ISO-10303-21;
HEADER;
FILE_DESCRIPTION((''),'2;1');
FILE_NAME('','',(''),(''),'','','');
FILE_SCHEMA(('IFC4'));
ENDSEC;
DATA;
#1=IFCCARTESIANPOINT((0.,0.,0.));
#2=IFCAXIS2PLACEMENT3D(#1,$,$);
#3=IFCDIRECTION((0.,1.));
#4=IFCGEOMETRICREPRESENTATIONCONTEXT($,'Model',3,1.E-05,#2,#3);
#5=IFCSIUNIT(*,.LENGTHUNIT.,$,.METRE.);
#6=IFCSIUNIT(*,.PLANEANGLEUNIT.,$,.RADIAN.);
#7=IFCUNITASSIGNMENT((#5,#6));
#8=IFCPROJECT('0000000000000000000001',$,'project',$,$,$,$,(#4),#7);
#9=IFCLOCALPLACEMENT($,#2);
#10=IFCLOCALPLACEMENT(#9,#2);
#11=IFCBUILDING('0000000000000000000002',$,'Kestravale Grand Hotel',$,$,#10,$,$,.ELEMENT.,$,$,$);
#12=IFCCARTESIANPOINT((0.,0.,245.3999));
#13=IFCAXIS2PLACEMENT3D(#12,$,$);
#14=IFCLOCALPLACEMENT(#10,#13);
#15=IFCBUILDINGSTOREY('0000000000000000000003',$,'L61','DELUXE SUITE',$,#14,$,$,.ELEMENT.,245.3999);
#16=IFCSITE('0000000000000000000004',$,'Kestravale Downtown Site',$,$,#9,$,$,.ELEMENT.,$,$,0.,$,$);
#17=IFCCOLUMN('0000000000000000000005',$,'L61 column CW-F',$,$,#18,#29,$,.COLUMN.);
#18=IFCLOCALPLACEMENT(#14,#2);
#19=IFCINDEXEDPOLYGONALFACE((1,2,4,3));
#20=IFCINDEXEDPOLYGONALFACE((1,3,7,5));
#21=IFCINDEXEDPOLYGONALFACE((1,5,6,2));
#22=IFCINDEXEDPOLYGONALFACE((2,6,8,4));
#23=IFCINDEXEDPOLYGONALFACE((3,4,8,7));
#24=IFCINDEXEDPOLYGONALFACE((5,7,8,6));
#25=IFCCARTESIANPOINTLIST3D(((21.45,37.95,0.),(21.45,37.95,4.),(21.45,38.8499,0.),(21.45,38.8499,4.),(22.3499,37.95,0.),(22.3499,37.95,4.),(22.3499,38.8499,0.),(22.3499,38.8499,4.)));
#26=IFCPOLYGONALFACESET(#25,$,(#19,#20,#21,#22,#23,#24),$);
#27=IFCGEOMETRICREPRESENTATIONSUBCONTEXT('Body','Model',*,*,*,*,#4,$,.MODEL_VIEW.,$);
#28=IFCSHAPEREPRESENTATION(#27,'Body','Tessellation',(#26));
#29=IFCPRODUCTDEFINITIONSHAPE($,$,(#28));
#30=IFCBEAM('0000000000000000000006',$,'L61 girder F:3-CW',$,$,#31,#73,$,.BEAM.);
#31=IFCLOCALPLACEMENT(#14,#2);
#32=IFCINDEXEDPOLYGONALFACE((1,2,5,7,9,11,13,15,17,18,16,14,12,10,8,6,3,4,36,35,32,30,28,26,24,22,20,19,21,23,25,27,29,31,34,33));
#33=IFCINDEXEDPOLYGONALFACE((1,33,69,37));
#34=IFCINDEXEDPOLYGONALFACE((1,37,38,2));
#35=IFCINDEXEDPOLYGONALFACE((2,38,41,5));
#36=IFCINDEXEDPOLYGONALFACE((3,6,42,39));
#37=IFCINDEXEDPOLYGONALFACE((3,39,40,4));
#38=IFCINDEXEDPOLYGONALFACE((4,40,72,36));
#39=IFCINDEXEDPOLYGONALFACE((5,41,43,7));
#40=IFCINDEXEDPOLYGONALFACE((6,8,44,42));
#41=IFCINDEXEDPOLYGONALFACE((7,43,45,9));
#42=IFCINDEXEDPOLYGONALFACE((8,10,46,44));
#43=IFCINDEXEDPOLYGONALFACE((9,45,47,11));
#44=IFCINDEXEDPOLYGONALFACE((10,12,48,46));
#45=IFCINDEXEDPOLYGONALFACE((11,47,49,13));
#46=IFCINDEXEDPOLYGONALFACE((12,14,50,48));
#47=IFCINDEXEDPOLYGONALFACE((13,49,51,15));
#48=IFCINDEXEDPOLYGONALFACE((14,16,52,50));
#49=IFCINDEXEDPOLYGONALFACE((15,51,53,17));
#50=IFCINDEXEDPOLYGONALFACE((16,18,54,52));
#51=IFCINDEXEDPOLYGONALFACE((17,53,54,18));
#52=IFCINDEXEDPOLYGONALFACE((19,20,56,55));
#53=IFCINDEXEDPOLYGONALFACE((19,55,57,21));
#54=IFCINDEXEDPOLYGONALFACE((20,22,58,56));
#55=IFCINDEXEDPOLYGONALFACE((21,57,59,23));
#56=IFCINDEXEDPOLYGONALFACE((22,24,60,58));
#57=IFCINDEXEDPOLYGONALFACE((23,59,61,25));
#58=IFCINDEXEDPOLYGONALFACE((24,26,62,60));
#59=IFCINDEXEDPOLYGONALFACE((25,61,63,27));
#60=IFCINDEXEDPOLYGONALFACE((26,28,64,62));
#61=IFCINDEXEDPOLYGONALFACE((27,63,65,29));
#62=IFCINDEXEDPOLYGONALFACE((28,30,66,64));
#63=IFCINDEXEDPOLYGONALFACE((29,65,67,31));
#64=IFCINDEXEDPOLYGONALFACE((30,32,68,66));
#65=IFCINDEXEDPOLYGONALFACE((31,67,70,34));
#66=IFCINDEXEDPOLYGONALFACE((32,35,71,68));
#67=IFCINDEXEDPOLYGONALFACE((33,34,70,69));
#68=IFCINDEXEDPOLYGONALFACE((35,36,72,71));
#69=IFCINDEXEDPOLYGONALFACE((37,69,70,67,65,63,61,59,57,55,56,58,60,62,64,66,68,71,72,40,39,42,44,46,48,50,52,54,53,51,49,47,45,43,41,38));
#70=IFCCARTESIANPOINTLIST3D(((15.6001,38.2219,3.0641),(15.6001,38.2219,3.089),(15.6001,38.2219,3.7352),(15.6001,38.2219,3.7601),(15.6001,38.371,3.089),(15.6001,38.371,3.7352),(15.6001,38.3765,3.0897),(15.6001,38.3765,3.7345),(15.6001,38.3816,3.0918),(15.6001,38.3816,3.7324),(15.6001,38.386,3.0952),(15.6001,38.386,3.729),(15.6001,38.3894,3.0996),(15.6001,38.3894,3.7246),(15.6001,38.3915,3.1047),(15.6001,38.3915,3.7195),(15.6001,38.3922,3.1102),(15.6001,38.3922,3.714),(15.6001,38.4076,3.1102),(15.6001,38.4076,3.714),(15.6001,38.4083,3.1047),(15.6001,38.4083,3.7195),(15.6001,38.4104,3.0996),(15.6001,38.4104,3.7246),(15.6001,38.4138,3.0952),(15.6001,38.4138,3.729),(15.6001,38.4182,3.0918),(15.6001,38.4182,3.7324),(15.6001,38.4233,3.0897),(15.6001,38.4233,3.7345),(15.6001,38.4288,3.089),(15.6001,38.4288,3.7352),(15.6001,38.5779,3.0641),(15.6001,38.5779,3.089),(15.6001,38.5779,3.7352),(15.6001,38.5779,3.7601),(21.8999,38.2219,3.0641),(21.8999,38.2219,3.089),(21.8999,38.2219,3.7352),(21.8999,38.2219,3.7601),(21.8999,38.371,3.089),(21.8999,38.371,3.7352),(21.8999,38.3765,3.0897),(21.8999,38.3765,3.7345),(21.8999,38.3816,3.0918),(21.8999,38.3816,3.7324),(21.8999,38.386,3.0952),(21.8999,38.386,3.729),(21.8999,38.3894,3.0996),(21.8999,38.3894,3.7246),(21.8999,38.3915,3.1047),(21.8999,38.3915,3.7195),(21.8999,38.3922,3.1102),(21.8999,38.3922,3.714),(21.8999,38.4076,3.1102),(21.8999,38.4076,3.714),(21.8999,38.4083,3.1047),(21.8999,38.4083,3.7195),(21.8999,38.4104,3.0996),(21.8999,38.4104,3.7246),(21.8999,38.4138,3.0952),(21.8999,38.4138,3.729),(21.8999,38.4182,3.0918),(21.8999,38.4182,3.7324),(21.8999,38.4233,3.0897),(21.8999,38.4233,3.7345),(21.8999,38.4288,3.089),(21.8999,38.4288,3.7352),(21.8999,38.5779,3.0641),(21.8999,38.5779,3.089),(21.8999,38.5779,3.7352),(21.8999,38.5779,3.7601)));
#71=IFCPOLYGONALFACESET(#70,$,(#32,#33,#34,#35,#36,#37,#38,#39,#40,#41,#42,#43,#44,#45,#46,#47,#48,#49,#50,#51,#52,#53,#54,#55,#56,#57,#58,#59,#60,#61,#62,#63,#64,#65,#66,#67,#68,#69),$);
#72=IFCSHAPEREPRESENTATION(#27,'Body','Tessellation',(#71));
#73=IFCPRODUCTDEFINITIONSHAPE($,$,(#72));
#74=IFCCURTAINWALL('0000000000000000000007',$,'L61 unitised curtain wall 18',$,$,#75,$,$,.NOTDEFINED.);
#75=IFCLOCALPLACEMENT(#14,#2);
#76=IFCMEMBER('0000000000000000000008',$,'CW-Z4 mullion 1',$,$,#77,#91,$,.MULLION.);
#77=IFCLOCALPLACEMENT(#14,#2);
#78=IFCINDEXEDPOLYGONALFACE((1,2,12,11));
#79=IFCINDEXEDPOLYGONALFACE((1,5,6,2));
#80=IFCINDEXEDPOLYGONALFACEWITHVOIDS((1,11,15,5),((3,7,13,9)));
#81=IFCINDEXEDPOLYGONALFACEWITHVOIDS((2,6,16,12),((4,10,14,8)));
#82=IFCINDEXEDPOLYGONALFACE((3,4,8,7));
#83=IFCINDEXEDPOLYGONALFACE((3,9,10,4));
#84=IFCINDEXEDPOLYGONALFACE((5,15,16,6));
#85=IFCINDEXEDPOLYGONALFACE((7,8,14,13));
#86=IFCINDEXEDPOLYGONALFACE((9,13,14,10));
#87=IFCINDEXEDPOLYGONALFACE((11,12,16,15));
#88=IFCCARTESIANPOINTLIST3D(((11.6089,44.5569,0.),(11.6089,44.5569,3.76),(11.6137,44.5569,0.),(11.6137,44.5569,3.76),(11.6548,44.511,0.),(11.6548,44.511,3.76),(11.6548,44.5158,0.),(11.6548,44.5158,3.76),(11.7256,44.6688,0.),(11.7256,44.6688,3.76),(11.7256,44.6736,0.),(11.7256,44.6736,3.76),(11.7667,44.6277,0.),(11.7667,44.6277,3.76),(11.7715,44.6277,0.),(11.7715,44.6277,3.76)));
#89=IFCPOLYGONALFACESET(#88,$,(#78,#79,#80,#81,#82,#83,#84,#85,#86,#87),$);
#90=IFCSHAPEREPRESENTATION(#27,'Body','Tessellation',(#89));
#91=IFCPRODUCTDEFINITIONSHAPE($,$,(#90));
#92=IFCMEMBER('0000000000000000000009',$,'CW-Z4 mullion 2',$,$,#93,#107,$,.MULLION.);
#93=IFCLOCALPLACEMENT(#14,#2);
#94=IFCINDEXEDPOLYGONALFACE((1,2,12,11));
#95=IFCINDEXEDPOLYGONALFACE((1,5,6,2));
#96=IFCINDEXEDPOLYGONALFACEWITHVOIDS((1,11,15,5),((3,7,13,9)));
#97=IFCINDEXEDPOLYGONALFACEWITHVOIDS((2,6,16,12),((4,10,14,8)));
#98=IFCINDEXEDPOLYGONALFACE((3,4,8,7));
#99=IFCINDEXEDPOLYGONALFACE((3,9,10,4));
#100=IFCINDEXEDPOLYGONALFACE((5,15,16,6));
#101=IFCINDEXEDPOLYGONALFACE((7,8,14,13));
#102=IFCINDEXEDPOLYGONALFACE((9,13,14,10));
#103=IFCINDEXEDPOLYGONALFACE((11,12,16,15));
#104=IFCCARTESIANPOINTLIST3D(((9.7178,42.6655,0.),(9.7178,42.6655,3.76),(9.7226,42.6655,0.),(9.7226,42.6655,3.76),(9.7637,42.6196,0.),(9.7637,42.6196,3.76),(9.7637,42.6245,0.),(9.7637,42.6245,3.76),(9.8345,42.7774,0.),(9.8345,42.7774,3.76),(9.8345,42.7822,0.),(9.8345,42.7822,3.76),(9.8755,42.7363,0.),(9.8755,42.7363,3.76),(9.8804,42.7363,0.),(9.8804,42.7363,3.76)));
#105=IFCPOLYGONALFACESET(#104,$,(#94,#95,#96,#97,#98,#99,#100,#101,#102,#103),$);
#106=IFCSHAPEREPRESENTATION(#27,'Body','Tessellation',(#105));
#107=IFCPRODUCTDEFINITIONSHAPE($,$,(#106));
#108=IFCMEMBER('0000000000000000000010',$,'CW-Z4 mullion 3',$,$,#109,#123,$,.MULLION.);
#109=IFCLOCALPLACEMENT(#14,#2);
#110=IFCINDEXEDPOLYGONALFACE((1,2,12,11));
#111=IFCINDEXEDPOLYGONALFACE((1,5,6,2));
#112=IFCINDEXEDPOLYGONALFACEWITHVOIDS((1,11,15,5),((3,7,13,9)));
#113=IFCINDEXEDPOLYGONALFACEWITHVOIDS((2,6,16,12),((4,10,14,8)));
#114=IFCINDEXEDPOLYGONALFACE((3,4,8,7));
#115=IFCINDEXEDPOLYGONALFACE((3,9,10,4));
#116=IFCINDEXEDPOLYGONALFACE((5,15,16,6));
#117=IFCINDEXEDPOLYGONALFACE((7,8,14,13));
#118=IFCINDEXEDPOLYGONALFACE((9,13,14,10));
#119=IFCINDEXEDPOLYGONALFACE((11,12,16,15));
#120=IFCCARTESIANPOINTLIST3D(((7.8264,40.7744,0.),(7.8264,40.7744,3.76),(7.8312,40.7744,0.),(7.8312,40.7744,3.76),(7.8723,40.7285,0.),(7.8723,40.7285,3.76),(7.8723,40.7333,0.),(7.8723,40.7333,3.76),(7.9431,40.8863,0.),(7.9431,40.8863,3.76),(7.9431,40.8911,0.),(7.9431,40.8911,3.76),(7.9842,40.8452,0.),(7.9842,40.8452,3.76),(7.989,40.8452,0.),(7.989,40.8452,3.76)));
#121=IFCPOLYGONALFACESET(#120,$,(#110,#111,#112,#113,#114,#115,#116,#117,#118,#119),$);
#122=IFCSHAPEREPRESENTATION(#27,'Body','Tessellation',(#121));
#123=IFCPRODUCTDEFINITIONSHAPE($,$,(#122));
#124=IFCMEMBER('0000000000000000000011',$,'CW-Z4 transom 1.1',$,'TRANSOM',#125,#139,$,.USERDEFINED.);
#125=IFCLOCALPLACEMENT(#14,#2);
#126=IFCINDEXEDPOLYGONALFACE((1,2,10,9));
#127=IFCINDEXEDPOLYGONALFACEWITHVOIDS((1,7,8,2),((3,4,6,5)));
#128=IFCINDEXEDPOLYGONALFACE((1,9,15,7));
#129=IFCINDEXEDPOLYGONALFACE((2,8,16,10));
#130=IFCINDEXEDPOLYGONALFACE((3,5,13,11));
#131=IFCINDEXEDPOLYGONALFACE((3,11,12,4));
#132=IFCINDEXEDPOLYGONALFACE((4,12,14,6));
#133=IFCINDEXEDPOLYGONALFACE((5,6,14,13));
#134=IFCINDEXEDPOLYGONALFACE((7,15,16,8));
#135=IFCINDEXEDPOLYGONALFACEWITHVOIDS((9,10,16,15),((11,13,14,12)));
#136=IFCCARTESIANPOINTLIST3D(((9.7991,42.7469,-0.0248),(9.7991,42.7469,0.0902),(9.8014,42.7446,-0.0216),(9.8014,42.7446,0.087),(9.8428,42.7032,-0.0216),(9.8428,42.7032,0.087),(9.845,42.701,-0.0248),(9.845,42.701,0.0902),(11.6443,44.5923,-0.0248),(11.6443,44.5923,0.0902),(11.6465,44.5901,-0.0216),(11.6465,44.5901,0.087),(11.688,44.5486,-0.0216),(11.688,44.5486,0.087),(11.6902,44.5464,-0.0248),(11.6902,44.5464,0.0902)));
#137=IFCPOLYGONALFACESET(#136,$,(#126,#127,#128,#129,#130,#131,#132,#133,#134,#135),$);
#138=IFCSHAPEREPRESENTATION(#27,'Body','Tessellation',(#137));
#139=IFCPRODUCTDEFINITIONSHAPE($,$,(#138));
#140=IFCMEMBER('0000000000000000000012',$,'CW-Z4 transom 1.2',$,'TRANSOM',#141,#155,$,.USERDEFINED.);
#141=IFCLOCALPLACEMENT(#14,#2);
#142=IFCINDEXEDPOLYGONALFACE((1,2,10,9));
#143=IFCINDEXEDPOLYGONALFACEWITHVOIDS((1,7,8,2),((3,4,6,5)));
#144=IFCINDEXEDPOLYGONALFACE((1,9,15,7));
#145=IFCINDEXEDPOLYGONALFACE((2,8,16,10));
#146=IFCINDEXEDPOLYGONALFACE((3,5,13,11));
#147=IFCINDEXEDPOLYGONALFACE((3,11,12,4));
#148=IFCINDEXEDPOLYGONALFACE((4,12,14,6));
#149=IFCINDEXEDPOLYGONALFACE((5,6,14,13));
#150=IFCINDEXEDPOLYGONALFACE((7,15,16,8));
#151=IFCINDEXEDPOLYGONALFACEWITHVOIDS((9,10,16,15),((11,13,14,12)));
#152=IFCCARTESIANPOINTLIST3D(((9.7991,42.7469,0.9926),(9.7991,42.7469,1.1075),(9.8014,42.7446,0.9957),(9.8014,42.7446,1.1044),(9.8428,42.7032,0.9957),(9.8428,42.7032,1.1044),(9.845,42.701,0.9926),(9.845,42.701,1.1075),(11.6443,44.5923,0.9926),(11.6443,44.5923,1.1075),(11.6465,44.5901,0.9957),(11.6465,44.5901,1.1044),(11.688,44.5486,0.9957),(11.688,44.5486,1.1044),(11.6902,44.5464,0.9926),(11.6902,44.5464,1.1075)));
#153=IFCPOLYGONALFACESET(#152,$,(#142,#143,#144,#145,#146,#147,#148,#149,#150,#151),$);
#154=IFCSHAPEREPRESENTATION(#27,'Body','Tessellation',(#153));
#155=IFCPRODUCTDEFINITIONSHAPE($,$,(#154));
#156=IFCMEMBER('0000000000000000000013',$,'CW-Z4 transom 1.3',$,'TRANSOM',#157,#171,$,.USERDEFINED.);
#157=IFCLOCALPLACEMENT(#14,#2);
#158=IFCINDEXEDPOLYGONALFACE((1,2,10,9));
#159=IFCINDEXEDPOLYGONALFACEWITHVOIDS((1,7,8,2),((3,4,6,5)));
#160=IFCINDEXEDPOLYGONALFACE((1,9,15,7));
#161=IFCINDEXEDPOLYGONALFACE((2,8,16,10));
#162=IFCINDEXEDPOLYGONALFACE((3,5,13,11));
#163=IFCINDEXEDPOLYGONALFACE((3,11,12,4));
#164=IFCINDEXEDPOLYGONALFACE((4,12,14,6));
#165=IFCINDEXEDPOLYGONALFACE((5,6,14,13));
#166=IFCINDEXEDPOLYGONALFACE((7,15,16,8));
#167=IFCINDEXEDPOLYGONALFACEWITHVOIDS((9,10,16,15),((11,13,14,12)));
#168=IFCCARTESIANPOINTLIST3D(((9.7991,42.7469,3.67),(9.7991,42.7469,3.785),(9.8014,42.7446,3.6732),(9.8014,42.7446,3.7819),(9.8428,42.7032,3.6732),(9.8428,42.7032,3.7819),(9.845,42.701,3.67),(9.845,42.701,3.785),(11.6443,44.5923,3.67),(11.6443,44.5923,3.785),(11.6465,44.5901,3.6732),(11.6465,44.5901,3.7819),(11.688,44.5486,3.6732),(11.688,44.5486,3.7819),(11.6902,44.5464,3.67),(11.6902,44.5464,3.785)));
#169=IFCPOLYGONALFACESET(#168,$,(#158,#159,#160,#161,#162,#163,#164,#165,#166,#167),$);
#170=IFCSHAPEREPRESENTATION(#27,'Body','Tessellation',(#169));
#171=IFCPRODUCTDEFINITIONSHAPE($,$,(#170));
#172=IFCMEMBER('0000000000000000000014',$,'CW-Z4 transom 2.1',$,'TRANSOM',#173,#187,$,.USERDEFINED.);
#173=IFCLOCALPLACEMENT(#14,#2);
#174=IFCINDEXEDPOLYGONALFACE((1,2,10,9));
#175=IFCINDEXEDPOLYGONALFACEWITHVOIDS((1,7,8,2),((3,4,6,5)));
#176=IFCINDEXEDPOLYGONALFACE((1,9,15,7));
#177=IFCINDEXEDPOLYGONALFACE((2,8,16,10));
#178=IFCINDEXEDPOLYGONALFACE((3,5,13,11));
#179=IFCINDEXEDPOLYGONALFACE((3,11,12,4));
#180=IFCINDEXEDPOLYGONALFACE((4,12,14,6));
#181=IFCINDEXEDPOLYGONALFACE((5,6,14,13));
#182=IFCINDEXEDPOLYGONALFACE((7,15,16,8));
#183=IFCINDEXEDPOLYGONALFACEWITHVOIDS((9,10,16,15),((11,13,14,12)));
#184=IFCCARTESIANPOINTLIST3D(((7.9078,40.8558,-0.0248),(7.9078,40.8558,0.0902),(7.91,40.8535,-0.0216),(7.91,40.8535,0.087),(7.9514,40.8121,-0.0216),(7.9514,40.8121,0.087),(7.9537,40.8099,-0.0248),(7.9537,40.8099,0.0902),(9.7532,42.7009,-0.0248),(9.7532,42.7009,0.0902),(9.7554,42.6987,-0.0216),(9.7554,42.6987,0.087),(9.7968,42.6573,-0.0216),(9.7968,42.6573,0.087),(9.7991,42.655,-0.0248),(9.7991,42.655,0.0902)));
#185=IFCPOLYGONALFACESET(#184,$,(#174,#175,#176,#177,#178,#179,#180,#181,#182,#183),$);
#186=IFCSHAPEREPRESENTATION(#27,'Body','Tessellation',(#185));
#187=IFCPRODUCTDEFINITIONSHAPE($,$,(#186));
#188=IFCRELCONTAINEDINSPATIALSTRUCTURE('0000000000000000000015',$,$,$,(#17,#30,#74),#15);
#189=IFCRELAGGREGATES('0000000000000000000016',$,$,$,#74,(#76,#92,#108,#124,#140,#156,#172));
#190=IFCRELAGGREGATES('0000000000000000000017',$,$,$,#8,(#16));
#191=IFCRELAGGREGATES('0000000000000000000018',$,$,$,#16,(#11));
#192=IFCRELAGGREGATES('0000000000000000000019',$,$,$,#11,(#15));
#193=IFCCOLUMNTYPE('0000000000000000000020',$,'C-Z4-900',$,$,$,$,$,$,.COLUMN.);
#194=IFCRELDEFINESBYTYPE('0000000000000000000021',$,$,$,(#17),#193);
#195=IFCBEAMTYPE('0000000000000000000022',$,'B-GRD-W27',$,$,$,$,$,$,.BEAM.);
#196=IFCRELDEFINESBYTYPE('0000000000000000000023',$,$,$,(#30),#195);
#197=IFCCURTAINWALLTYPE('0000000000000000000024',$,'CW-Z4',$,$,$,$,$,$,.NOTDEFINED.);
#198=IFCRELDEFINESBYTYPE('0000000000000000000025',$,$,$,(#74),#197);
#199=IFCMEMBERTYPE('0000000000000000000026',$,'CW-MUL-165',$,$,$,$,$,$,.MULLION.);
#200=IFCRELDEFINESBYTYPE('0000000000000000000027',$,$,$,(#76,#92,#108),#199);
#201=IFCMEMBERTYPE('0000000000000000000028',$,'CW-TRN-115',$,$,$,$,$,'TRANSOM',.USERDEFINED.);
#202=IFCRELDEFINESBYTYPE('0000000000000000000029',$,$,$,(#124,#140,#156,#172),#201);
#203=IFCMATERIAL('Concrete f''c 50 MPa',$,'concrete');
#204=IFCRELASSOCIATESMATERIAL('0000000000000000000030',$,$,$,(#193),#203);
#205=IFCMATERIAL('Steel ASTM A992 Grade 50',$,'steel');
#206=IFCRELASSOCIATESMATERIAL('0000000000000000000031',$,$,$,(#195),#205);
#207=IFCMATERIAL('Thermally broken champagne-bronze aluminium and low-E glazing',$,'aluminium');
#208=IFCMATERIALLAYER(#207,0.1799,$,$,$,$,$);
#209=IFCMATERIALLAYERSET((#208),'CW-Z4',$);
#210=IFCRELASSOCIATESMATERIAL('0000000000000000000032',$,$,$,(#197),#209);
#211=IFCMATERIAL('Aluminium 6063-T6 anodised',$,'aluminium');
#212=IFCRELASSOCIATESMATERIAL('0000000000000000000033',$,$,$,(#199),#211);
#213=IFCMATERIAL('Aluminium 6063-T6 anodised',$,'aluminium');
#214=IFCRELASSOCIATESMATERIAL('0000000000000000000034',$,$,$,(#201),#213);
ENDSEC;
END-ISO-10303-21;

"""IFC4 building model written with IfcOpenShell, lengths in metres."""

from ifc_helpers import new_model, si_unit, direction, frame, origin, origin_2d, place, context, subcontext, project, spatial, rectangle, hollow_rectangle, i_section, extrude, material, layer, layer_set, material_profile, profile_set, type_object, element, aggregate, save


model = new_model("IFC4")

# Units and contexts
model_context = context("Model", 3, precision=1e-05, world=origin(), true_north=direction((0.0, 1.0)))
body_context = subcontext(model_context, "Body", "Model", "MODEL_VIEW")
ifc_project = project(units=[si_unit("LENGTHUNIT", "METRE"), si_unit("PLANEANGLEUNIT", "RADIAN")], contexts=[model_context])

# Site, building, storey
site_placement = place(None, origin())
site = spatial("IfcSite", under=ifc_project, at=site_placement, Name="Kestravale Downtown Site", CompositionType="ELEMENT", RefElevation=0.0)
building_placement = place(site_placement, origin())
building = spatial("IfcBuilding", under=site, at=building_placement, Name="Kestravale Grand Hotel", CompositionType="ELEMENT")
storey_placement = place(building_placement, frame((0.0, 0.0, 245.3999)))
storey = spatial("IfcBuildingStorey", under=building, at=storey_placement, Name="L61", Description="DELUXE SUITE", CompositionType="ELEMENT", Elevation=245.3999)

# Column
ifc_material_1 = material(Name="Concrete f'c 50 MPa", Category="concrete")
ifc_material_profile_1 = material_profile(ifc_material_1, rectangle(XDim=0.8999, YDim=0.8999, at=origin_2d()))
ifc_profile_set_1 = profile_set([ifc_material_profile_1], Name="Concrete f'c 50 MPa")
column_type = type_object("IfcColumnType", Name="C-Z4-900", PredefinedType="COLUMN", material=ifc_profile_set_1)
column_placement = place(storey_placement, frame((21.8999, 38.3999, 0.0), z_axis=(0.0, 0.0, 1.0), x_axis=(1.0, 0.0, 0.0)))
element("IfcColumn", 1, at=column_placement, inside=storey, type_object=column_type, Name="L61 column CW-F", PredefinedType="COLUMN", context=body_context, shape_type="SweptSolid", body=[
    extrude(rectangle(XDim=0.8999, YDim=0.8999, at=origin_2d()), origin(), (0.0, 0.0, 1.0), 4.0),
])

# Beam
ifc_material_2 = material(Name="Steel ASTM A992 Grade 50", Category="steel")
ifc_material_profile_2 = material_profile(ifc_material_2, i_section(OverallWidth=0.356, OverallDepth=0.696, WebThickness=0.0154, FlangeThickness=0.0249, FilletRadius=0.0212, at=origin_2d()))
ifc_profile_set_2 = profile_set([ifc_material_profile_2], Name="Steel ASTM A992 Grade 50")
beam_type = type_object("IfcBeamType", Name="B-GRD-W27", PredefinedType="BEAM", material=ifc_profile_set_2)
beam_placement = place(storey_placement, frame((15.6001, 38.3999, 3.4121), z_axis=(1.0, 0.0, 0.0), x_axis=(0.0, 1.0, 0.0)))
element("IfcBeam", 2, at=beam_placement, inside=storey, type_object=beam_type, Name="L61 girder F:3-CW", PredefinedType="BEAM", context=body_context, shape_type="SweptSolid", body=[
    extrude(i_section(OverallWidth=0.356, OverallDepth=0.696, WebThickness=0.0154, FlangeThickness=0.0249, FilletRadius=0.0212, at=origin_2d()), origin(), (0.0, 0.0, 1.0), 6.2998),
])

# Curtain wall, members
ifc_material_3 = material(Name="Thermally broken champagne-bronze aluminium and low-E glazing", Category="aluminium")
ifc_layer_1 = layer(ifc_material_3, 0.1799)
ifc_layer_set_1 = layer_set([ifc_layer_1], Name="CW-Z4")
curtain_wall_type = type_object("IfcCurtainWallType", Name="CW-Z4", PredefinedType="NOTDEFINED", material=ifc_layer_set_1)
curtain_wall_placement = place(storey_placement, origin())
curtain_wall = element("IfcCurtainWall", 3, at=curtain_wall_placement, inside=storey, type_object=curtain_wall_type, Name="L61 unitised curtain wall 18", PredefinedType="NOTDEFINED")
ifc_material_4 = material(Name="Aluminium 6063-T6 anodised", Category="aluminium")
ifc_material_profile_3 = material_profile(ifc_material_4, hollow_rectangle(XDim=0.0649, YDim=0.165, WallThickness=0.0034, at=origin_2d()))
ifc_profile_set_3 = profile_set([ifc_material_profile_3], Name="Aluminium 6063-T6 anodised")
member_type_1 = type_object("IfcMemberType", Name="CW-MUL-165", PredefinedType="MULLION", material=ifc_profile_set_3)
member_1_placement = place(storey_placement, frame((11.6902, 44.5923, 0.0), z_axis=(0.0, 0.0, 1.0), x_axis=(0.707107, -0.707107, 0.0)))
member_1 = element("IfcMember", 4, at=member_1_placement, type_object=member_type_1, Name="CW-Z4 mullion 1", PredefinedType="MULLION", context=body_context, shape_type="SweptSolid", body=[
    extrude(hollow_rectangle(XDim=0.0649, YDim=0.165, WallThickness=0.0034, at=origin_2d()), origin(), (0.0, 0.0, 1.0), 3.76),
])
member_2_placement = place(storey_placement, frame((9.7991, 42.7009, 0.0), z_axis=(0.0, 0.0, 1.0), x_axis=(0.707107, -0.707107, 0.0)))
member_2 = element("IfcMember", 5, at=member_2_placement, type_object=member_type_1, Name="CW-Z4 mullion 2", PredefinedType="MULLION", context=body_context, shape_type="SweptSolid", body=[
    extrude(hollow_rectangle(XDim=0.0649, YDim=0.165, WallThickness=0.0034, at=origin_2d()), origin(), (0.0, 0.0, 1.0), 3.76),
])
member_3_placement = place(storey_placement, frame((7.9077, 40.8098, 0.0), z_axis=(0.0, 0.0, 1.0), x_axis=(0.707107, -0.707107, 0.0)))
member_3 = element("IfcMember", 6, at=member_3_placement, type_object=member_type_1, Name="CW-Z4 mullion 3", PredefinedType="MULLION", context=body_context, shape_type="SweptSolid", body=[
    extrude(hollow_rectangle(XDim=0.0649, YDim=0.165, WallThickness=0.0034, at=origin_2d()), origin(), (0.0, 0.0, 1.0), 3.76),
])
ifc_material_5 = material(Name="Aluminium 6063-T6 anodised", Category="aluminium")
ifc_material_profile_4 = material_profile(ifc_material_5, hollow_rectangle(XDim=0.0649, YDim=0.115, WallThickness=0.0032, at=origin_2d()))
ifc_profile_set_4 = profile_set([ifc_material_profile_4], Name="Aluminium 6063-T6 anodised")
member_type_2 = type_object("IfcMemberType", Name="CW-TRN-115", ElementType="TRANSOM", PredefinedType="USERDEFINED", material=ifc_profile_set_4)
member_4_placement = place(storey_placement, frame((11.6672, 44.5693, 0.0327), z_axis=(-0.70706, -0.707154, 0.0), x_axis=(0.707154, -0.70706, 0.0)))
member_4 = element("IfcMember", 7, at=member_4_placement, type_object=member_type_2, Name="CW-Z4 transom 1.1", ObjectType="TRANSOM", PredefinedType="USERDEFINED", context=body_context, shape_type="SweptSolid", body=[
    extrude(hollow_rectangle(XDim=0.0649, YDim=0.115, WallThickness=0.0032, at=origin_2d()), origin(), (0.0, 0.0, 1.0), 2.6096),
])
member_5_placement = place(storey_placement, frame((11.6672, 44.5693, 1.05), z_axis=(-0.70706, -0.707154, 0.0), x_axis=(0.707154, -0.70706, 0.0)))
member_5 = element("IfcMember", 8, at=member_5_placement, type_object=member_type_2, Name="CW-Z4 transom 1.2", ObjectType="TRANSOM", PredefinedType="USERDEFINED", context=body_context, shape_type="SweptSolid", body=[
    extrude(hollow_rectangle(XDim=0.0649, YDim=0.115, WallThickness=0.0032, at=origin_2d()), origin(), (0.0, 0.0, 1.0), 2.6096),
])
member_6_placement = place(storey_placement, frame((11.6672, 44.5693, 3.7275), z_axis=(-0.70706, -0.707154, 0.0), x_axis=(0.707154, -0.70706, 0.0)))
member_6 = element("IfcMember", 9, at=member_6_placement, type_object=member_type_2, Name="CW-Z4 transom 1.3", ObjectType="TRANSOM", PredefinedType="USERDEFINED", context=body_context, shape_type="SweptSolid", body=[
    extrude(hollow_rectangle(XDim=0.0649, YDim=0.115, WallThickness=0.0032, at=origin_2d()), origin(), (0.0, 0.0, 1.0), 2.6096),
])
member_7_placement = place(storey_placement, frame((9.7761, 42.678, 0.0327), z_axis=(-0.707154, -0.70706, 0.0), x_axis=(0.70706, -0.707154, 0.0)))
member_7 = element("IfcMember", 10, at=member_7_placement, type_object=member_type_2, Name="CW-Z4 transom 2.1", ObjectType="TRANSOM", PredefinedType="USERDEFINED", context=body_context, shape_type="SweptSolid", body=[
    extrude(hollow_rectangle(XDim=0.0649, YDim=0.115, WallThickness=0.0032, at=origin_2d()), origin(), (0.0, 0.0, 1.0), 2.6096),
])
aggregate(curtain_wall, [member_1, member_2, member_3, member_4, member_5, member_6, member_7])

save(model, "model.ifc")
